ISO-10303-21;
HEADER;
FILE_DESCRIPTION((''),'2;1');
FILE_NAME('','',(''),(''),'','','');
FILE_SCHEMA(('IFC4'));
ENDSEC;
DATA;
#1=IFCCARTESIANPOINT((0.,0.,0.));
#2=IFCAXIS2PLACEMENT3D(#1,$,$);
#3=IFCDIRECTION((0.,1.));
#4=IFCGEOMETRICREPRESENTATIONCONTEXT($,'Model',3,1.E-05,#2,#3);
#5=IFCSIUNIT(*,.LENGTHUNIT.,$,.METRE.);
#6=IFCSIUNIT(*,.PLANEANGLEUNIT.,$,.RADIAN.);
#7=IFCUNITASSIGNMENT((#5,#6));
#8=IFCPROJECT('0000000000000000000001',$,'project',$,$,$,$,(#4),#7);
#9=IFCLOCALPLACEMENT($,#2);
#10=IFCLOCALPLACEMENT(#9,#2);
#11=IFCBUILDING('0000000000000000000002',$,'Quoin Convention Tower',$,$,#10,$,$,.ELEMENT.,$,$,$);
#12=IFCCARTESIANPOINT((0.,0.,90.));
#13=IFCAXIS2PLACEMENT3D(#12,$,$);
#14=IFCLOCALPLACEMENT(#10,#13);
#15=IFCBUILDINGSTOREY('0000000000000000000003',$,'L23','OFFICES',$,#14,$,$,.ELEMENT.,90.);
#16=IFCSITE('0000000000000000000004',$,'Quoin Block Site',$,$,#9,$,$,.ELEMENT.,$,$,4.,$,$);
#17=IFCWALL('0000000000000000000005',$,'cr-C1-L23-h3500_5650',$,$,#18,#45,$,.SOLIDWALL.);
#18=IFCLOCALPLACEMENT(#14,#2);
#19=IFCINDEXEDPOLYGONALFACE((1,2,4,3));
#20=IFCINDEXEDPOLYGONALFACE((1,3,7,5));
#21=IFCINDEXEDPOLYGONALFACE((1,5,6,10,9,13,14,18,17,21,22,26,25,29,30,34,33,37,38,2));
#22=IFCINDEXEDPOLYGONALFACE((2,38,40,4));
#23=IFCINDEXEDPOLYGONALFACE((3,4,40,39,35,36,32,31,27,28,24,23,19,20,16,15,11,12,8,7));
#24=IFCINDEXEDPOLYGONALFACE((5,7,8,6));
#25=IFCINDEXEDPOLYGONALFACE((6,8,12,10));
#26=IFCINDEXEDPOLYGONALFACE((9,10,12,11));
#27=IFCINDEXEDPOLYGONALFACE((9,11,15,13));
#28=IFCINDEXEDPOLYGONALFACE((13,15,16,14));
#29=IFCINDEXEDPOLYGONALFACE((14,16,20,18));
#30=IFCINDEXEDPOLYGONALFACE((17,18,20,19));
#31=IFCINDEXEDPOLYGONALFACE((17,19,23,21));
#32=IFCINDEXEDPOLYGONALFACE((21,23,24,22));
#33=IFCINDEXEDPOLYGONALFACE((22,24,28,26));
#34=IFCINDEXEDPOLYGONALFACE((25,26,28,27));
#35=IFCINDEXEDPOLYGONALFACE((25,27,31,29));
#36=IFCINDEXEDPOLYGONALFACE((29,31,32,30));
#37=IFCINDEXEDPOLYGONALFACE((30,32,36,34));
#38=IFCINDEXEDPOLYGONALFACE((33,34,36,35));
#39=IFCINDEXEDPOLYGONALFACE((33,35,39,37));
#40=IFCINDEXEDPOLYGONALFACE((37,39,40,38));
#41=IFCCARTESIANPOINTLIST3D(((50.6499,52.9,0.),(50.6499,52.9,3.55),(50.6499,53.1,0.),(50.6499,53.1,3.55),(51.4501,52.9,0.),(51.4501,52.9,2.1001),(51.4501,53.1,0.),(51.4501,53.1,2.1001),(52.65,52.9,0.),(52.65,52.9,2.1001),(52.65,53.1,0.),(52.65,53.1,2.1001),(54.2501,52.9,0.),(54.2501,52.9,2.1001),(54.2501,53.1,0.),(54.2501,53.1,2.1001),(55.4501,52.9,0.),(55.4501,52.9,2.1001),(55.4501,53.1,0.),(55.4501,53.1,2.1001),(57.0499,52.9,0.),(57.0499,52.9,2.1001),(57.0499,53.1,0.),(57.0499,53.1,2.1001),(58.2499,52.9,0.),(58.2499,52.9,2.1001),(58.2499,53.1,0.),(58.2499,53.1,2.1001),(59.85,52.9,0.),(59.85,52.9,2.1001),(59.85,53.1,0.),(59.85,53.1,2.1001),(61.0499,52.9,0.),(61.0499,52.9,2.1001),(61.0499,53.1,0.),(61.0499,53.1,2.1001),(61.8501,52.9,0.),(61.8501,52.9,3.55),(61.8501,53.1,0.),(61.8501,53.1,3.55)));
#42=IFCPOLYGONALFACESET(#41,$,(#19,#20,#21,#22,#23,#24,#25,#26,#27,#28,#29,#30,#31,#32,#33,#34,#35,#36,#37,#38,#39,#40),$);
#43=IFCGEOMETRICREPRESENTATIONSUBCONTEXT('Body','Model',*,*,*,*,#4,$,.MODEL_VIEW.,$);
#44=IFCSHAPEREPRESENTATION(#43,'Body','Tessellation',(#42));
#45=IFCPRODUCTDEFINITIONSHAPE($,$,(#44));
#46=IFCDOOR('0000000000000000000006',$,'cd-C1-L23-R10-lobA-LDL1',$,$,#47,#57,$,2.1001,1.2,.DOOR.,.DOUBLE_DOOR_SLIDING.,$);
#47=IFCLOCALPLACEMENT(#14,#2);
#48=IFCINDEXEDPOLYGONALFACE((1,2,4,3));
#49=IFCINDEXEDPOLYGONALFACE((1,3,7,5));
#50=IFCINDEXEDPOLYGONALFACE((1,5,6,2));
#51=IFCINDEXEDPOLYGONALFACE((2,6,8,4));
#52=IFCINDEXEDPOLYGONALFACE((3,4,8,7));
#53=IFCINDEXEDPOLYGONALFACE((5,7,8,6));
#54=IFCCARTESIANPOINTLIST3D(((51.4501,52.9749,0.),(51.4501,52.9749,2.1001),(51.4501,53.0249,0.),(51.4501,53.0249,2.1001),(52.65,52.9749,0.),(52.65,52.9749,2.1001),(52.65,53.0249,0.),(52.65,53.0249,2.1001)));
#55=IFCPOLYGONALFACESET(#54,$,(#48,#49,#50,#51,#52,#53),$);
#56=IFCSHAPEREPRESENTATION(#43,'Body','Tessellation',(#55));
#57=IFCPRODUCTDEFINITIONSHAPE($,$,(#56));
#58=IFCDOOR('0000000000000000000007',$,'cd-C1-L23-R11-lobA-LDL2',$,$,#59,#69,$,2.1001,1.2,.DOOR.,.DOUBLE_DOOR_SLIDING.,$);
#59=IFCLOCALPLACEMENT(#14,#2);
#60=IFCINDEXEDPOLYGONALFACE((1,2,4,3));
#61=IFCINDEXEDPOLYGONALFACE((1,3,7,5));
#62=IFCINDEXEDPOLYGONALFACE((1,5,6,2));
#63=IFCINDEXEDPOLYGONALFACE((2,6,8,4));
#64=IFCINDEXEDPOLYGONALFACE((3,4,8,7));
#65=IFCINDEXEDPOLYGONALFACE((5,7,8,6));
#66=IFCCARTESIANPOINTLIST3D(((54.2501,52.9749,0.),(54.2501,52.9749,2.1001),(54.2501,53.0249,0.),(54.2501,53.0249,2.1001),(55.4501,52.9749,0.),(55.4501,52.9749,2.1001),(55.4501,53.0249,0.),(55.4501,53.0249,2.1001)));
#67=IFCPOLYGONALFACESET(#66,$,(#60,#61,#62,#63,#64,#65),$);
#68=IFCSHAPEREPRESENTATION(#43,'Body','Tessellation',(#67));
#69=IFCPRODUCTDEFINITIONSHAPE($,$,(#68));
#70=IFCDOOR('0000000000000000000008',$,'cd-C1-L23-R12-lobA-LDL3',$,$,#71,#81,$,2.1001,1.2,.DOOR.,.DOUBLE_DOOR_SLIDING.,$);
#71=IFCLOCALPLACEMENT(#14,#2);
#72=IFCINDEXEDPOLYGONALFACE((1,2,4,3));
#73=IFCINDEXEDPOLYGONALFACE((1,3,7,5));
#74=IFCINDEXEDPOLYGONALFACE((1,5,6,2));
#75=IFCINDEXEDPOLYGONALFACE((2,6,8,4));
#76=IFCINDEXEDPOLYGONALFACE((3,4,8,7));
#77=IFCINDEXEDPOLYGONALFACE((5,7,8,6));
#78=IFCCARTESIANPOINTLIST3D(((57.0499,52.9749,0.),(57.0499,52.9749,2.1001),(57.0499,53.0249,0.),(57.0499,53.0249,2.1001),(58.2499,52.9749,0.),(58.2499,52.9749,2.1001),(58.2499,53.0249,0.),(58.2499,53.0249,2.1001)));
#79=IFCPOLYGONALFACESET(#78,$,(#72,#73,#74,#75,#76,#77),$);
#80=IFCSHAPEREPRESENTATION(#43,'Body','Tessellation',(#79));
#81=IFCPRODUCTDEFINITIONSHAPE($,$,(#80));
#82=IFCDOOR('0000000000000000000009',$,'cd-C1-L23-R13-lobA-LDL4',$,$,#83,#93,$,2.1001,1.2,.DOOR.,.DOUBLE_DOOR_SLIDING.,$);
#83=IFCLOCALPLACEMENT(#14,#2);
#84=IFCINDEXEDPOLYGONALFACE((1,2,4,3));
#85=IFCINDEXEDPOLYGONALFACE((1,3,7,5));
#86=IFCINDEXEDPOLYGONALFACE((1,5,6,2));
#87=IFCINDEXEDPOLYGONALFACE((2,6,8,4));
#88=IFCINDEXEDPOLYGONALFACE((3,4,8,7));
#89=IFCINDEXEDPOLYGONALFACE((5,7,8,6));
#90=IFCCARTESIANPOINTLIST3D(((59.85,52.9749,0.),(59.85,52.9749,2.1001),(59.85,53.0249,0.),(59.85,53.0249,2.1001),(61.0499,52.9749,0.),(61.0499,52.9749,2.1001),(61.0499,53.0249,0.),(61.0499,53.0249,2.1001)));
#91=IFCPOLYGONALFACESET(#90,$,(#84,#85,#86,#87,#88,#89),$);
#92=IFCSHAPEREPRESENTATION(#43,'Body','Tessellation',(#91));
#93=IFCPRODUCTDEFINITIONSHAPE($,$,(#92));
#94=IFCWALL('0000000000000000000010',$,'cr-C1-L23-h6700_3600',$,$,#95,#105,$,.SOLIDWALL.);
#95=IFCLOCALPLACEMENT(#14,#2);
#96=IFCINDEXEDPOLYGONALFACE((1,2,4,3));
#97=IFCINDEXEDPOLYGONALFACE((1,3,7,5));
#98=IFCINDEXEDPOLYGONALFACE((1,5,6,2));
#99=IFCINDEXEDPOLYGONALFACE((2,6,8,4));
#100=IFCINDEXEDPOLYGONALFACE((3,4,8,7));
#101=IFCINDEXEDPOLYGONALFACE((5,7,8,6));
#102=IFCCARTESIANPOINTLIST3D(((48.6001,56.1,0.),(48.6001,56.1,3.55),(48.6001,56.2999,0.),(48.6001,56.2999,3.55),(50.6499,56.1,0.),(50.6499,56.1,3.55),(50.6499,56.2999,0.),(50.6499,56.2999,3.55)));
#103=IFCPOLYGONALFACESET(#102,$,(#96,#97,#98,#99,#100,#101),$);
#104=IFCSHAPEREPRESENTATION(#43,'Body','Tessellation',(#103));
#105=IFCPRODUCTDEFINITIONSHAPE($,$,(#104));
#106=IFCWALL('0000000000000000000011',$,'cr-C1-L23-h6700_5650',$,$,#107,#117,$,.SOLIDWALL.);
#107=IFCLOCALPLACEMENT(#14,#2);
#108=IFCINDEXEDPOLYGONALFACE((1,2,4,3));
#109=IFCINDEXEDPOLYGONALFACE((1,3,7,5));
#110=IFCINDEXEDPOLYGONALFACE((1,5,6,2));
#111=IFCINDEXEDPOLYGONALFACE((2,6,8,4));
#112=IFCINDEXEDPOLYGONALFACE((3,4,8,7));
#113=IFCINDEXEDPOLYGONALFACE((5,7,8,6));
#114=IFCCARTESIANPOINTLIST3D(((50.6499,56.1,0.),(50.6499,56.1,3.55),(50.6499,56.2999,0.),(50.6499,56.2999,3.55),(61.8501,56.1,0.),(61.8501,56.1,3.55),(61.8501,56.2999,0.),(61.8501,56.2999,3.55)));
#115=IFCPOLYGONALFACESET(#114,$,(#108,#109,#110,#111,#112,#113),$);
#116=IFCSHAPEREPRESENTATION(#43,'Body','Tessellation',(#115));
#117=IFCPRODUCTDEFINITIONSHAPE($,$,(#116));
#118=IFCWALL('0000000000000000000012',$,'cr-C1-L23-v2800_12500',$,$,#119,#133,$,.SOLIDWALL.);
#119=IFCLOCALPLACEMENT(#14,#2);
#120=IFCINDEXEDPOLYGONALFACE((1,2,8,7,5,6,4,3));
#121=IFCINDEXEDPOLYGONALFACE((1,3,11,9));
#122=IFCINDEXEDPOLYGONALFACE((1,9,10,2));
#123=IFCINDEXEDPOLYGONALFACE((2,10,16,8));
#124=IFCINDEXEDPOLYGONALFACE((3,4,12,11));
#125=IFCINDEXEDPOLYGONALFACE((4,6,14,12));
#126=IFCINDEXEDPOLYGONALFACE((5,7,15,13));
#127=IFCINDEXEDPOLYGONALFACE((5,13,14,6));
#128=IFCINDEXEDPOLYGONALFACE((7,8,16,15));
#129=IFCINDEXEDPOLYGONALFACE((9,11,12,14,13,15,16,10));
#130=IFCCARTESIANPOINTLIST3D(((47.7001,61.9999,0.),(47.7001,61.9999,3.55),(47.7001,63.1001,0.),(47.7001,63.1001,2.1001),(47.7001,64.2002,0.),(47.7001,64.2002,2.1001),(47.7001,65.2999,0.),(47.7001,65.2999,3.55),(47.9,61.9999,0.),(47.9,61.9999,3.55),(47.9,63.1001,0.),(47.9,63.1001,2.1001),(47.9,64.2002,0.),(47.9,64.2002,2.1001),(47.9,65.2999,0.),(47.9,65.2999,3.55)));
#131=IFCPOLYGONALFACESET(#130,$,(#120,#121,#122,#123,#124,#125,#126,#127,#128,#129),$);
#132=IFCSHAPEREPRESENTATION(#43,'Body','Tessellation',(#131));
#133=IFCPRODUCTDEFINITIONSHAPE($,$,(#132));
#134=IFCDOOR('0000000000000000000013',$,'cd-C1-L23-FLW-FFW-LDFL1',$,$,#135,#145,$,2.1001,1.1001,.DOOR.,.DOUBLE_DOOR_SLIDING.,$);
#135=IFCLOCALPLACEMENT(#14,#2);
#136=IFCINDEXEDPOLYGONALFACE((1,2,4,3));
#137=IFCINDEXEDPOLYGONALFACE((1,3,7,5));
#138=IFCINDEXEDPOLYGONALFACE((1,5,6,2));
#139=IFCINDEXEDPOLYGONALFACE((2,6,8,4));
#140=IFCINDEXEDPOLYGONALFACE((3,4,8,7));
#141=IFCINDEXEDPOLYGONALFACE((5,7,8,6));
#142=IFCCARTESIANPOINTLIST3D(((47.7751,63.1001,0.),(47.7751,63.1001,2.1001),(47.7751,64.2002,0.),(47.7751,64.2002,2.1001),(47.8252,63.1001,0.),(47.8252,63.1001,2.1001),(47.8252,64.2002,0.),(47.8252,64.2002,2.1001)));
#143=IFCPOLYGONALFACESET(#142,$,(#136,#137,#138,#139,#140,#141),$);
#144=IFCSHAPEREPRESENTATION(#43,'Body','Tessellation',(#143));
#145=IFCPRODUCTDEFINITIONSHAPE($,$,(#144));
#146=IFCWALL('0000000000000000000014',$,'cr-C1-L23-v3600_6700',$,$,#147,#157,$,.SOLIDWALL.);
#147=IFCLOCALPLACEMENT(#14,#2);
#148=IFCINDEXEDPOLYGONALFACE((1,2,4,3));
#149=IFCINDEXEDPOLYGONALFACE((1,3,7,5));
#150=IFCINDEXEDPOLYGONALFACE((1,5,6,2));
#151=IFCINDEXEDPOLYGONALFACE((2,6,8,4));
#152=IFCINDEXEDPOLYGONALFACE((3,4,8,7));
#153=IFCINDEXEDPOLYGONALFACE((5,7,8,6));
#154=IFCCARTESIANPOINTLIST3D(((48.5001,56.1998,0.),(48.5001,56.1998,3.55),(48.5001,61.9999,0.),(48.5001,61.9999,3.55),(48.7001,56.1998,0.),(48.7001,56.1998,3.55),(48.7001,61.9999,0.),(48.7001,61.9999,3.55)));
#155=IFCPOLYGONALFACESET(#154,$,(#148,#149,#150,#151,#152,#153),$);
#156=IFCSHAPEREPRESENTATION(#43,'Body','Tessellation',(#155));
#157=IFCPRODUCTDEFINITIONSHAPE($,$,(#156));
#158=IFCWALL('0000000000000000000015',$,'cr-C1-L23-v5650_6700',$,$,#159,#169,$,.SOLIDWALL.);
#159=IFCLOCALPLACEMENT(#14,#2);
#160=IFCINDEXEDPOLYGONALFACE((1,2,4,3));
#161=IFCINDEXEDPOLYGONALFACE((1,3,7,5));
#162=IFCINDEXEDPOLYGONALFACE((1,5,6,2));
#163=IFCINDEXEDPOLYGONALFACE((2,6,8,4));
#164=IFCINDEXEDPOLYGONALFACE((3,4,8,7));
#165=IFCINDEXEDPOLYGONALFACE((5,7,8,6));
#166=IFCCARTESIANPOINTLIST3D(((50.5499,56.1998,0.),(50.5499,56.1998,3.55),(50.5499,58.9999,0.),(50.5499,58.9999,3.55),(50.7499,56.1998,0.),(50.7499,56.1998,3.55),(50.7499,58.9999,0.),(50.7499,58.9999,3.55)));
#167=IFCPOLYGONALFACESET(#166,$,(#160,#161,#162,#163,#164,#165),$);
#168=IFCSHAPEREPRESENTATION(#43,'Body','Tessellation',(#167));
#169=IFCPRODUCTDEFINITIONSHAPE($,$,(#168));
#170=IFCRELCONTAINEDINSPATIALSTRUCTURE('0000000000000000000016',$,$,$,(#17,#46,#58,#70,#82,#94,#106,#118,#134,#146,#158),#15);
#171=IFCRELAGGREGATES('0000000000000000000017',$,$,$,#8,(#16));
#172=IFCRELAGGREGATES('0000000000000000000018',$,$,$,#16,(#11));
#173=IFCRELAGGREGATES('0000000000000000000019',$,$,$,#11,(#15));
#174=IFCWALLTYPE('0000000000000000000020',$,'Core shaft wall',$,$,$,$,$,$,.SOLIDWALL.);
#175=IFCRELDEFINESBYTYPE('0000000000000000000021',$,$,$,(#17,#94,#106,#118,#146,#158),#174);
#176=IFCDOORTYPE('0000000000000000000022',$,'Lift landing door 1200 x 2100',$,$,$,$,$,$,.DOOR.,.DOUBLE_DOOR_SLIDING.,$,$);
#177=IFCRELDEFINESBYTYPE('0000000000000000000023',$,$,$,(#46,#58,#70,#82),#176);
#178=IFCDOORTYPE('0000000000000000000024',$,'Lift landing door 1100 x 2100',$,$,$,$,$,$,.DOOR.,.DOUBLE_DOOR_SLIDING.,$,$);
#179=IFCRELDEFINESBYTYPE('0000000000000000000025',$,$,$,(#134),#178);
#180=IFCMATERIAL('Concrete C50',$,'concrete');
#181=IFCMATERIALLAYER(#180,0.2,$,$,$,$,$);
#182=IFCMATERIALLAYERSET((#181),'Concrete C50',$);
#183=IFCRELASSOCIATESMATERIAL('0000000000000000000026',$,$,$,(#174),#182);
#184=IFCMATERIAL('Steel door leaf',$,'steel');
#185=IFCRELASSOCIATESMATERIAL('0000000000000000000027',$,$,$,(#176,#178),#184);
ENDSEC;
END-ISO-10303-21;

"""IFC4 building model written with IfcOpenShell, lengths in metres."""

from ifc_helpers import new_model, si_unit, direction, frame, frame_2d, origin, place, context, subcontext, project, spatial, rectangle, extrude, material, layer, layer_set, type_object, element, fill, save


model = new_model("IFC4")

# Units and contexts
model_context = context("Model", 3, precision=1e-05, world=origin(), true_north=direction((0.0, 1.0)))
body_context = subcontext(model_context, "Body", "Model", "MODEL_VIEW")
ifc_project = project(units=[si_unit("LENGTHUNIT", "METRE"), si_unit("PLANEANGLEUNIT", "RADIAN")], contexts=[model_context])

# Site, building, storey
site_placement = place(None, origin())
site = spatial("IfcSite", under=ifc_project, at=site_placement, Name="Quoin Block Site", CompositionType="ELEMENT", RefElevation=4.0)
building_placement = place(site_placement, origin())
building = spatial("IfcBuilding", under=site, at=building_placement, Name="Quoin Convention Tower", CompositionType="ELEMENT")
storey_placement = place(building_placement, frame((0.0, 0.0, 90.0)))
storey = spatial("IfcBuildingStorey", under=building, at=storey_placement, Name="L23", Description="OFFICES", CompositionType="ELEMENT", Elevation=90.0)

# Wall, openings, doors
ifc_material_1 = material(Name="Concrete C50", Category="concrete")
ifc_layer_1 = layer(ifc_material_1, 0.2)
ifc_layer_set_1 = layer_set([ifc_layer_1], Name="Concrete C50")
wall_type_1 = type_object("IfcWallType", Name="Core shaft wall", PredefinedType="SOLIDWALL", material=ifc_layer_set_1)
wall_1_placement = place(storey_placement, frame((50.6499, 53.0, 0.0), z_axis=(0.0, 0.0, 1.0), x_axis=(1.0, 0.0, 0.0)))
wall_1 = element("IfcWall", 1, at=wall_1_placement, inside=storey, type_object=wall_type_1, Name="cr-C1-L23-h3500_5650", PredefinedType="SOLIDWALL", context=body_context, shape_type="SweptSolid", body=[
    extrude(rectangle(XDim=11.2002, YDim=0.2, at=frame_2d((5.6001, 0.0))), origin(), (0.0, 0.0, 1.0), 3.55),
])
opening_1_placement = place(wall_1_placement, frame((0.8, 0.0, 0.0)))
opening_1 = element("IfcOpeningElement", 2, at=opening_1_placement, cuts=wall_1, PredefinedType="OPENING", context=body_context, shape_type="SweptSolid", body=[
    extrude(rectangle(XDim=1.2, YDim=2.1001, at=frame_2d((0.6001, 1.05))), frame((0.0, 0.1099, 0.0), z_axis=(0.0, -1.0, 0.0), x_axis=(1.0, 0.0, 0.0)), (0.0, 0.0, 1.0), 0.22),
])
opening_2_placement = place(wall_1_placement, frame((3.6001, 0.0, 0.0)))
opening_2 = element("IfcOpeningElement", 3, at=opening_2_placement, cuts=wall_1, PredefinedType="OPENING", context=body_context, shape_type="SweptSolid", body=[
    extrude(rectangle(XDim=1.2, YDim=2.1001, at=frame_2d((0.6001, 1.05))), frame((0.0, 0.1099, 0.0), z_axis=(0.0, -1.0, 0.0), x_axis=(1.0, 0.0, 0.0)), (0.0, 0.0, 1.0), 0.22),
])
opening_3_placement = place(wall_1_placement, frame((6.3999, 0.0, 0.0)))
opening_3 = element("IfcOpeningElement", 4, at=opening_3_placement, cuts=wall_1, PredefinedType="OPENING", context=body_context, shape_type="SweptSolid", body=[
    extrude(rectangle(XDim=1.2, YDim=2.1001, at=frame_2d((0.6001, 1.05))), frame((0.0, 0.1099, 0.0), z_axis=(0.0, -1.0, 0.0), x_axis=(1.0, 0.0, 0.0)), (0.0, 0.0, 1.0), 0.22),
])
opening_4_placement = place(wall_1_placement, frame((9.2, 0.0, 0.0)))
opening_4 = element("IfcOpeningElement", 5, at=opening_4_placement, cuts=wall_1, PredefinedType="OPENING", context=body_context, shape_type="SweptSolid", body=[
    extrude(rectangle(XDim=1.2, YDim=2.1001, at=frame_2d((0.6001, 1.05))), frame((0.0, 0.1099, 0.0), z_axis=(0.0, -1.0, 0.0), x_axis=(1.0, 0.0, 0.0)), (0.0, 0.0, 1.0), 0.22),
])
ifc_material_2 = material(Name="Steel door leaf", Category="steel")
door_type_1 = type_object("IfcDoorType", Name="Lift landing door 1200 x 2100", OperationType="DOUBLE_DOOR_SLIDING", PredefinedType="DOOR", material=ifc_material_2)
door_1_placement = place(opening_1_placement, origin())
door_1 = element("IfcDoor", 6, at=door_1_placement, inside=storey, type_object=door_type_1, Name="cd-C1-L23-R10-lobA-LDL1", OperationType="DOUBLE_DOOR_SLIDING", OverallHeight=2.1001, OverallWidth=1.2, PredefinedType="DOOR", context=body_context, shape_type="SweptSolid", body=[
    extrude(rectangle(XDim=1.2, YDim=2.1001, at=frame_2d((0.6001, 1.05))), frame((0.0, 0.0249, 0.0), z_axis=(0.0, -1.0, 0.0), x_axis=(1.0, 0.0, 0.0)), (0.0, 0.0, 1.0), 0.05),
])
fill(opening_1, door_1)
door_2_placement = place(opening_2_placement, origin())
door_2 = element("IfcDoor", 7, at=door_2_placement, inside=storey, type_object=door_type_1, Name="cd-C1-L23-R11-lobA-LDL2", OperationType="DOUBLE_DOOR_SLIDING", OverallHeight=2.1001, OverallWidth=1.2, PredefinedType="DOOR", context=body_context, shape_type="SweptSolid", body=[
    extrude(rectangle(XDim=1.2, YDim=2.1001, at=frame_2d((0.6001, 1.05))), frame((0.0, 0.0249, 0.0), z_axis=(0.0, -1.0, 0.0), x_axis=(1.0, 0.0, 0.0)), (0.0, 0.0, 1.0), 0.05),
])
fill(opening_2, door_2)
door_3_placement = place(opening_3_placement, origin())
door_3 = element("IfcDoor", 8, at=door_3_placement, inside=storey, type_object=door_type_1, Name="cd-C1-L23-R12-lobA-LDL3", OperationType="DOUBLE_DOOR_SLIDING", OverallHeight=2.1001, OverallWidth=1.2, PredefinedType="DOOR", context=body_context, shape_type="SweptSolid", body=[
    extrude(rectangle(XDim=1.2, YDim=2.1001, at=frame_2d((0.6001, 1.05))), frame((0.0, 0.0249, 0.0), z_axis=(0.0, -1.0, 0.0), x_axis=(1.0, 0.0, 0.0)), (0.0, 0.0, 1.0), 0.05),
])
fill(opening_3, door_3)
door_4_placement = place(opening_4_placement, origin())
door_4 = element("IfcDoor", 9, at=door_4_placement, inside=storey, type_object=door_type_1, Name="cd-C1-L23-R13-lobA-LDL4", OperationType="DOUBLE_DOOR_SLIDING", OverallHeight=2.1001, OverallWidth=1.2, PredefinedType="DOOR", context=body_context, shape_type="SweptSolid", body=[
    extrude(rectangle(XDim=1.2, YDim=2.1001, at=frame_2d((0.6001, 1.05))), frame((0.0, 0.0249, 0.0), z_axis=(0.0, -1.0, 0.0), x_axis=(1.0, 0.0, 0.0)), (0.0, 0.0, 1.0), 0.05),
])
fill(opening_4, door_4)

# Walls
wall_2_placement = place(storey_placement, frame((48.6001, 56.2, 0.0), z_axis=(0.0, 0.0, 1.0), x_axis=(1.0, 0.0, 0.0)))
element("IfcWall", 10, at=wall_2_placement, inside=storey, type_object=wall_type_1, Name="cr-C1-L23-h6700_3600", PredefinedType="SOLIDWALL", context=body_context, shape_type="SweptSolid", body=[
    extrude(rectangle(XDim=2.0498, YDim=0.2, at=frame_2d((1.0249, 0.0))), origin(), (0.0, 0.0, 1.0), 3.55),
])
wall_3_placement = place(storey_placement, frame((50.6499, 56.2, 0.0), z_axis=(0.0, 0.0, 1.0), x_axis=(1.0, 0.0, 0.0)))
element("IfcWall", 11, at=wall_3_placement, inside=storey, type_object=wall_type_1, Name="cr-C1-L23-h6700_5650", PredefinedType="SOLIDWALL", context=body_context, shape_type="SweptSolid", body=[
    extrude(rectangle(XDim=11.2002, YDim=0.2, at=frame_2d((5.6001, 0.0))), origin(), (0.0, 0.0, 1.0), 3.55),
])

# Wall, opening, door
wall_4_placement = place(storey_placement, frame((47.8, 62.0, 0.0), z_axis=(0.0, 0.0, 1.0), x_axis=(0.0, 1.0, 0.0)))
wall_4 = element("IfcWall", 12, at=wall_4_placement, inside=storey, type_object=wall_type_1, Name="cr-C1-L23-v2800_12500", PredefinedType="SOLIDWALL", context=body_context, shape_type="SweptSolid", body=[
    extrude(rectangle(XDim=3.3, YDim=0.2, at=frame_2d((1.6499, 0.0))), origin(), (0.0, 0.0, 1.0), 3.55),
])
opening_5_placement = place(wall_4_placement, frame((1.1001, 0.0, 0.0)))
opening_5 = element("IfcOpeningElement", 13, at=opening_5_placement, cuts=wall_4, PredefinedType="OPENING", context=body_context, shape_type="SweptSolid", body=[
    extrude(rectangle(XDim=1.1001, YDim=2.1001, at=frame_2d((0.55, 1.05))), frame((0.0, 0.1099, 0.0), z_axis=(0.0, -1.0, 0.0), x_axis=(1.0, 0.0, 0.0)), (0.0, 0.0, 1.0), 0.22),
])
door_type_2 = type_object("IfcDoorType", Name="Lift landing door 1100 x 2100", OperationType="DOUBLE_DOOR_SLIDING", PredefinedType="DOOR", material=ifc_material_2)
door_5_placement = place(opening_5_placement, origin())
door_5 = element("IfcDoor", 14, at=door_5_placement, inside=storey, type_object=door_type_2, Name="cd-C1-L23-FLW-FFW-LDFL1", OperationType="DOUBLE_DOOR_SLIDING", OverallHeight=2.1001, OverallWidth=1.1001, PredefinedType="DOOR", context=body_context, shape_type="SweptSolid", body=[
    extrude(rectangle(XDim=1.1001, YDim=2.1001, at=frame_2d((0.55, 1.05))), frame((0.0, 0.0249, 0.0), z_axis=(0.0, -1.0, 0.0), x_axis=(1.0, 0.0, 0.0)), (0.0, 0.0, 1.0), 0.05),
])
fill(opening_5, door_5)

# Walls
wall_5_placement = place(storey_placement, frame((48.6001, 56.2, 0.0), z_axis=(0.0, 0.0, 1.0), x_axis=(0.0, 1.0, 0.0)))
element("IfcWall", 15, at=wall_5_placement, inside=storey, type_object=wall_type_1, Name="cr-C1-L23-v3600_6700", PredefinedType="SOLIDWALL", context=body_context, shape_type="SweptSolid", body=[
    extrude(rectangle(XDim=5.8, YDim=0.2, at=frame_2d((2.8999, 0.0))), origin(), (0.0, 0.0, 1.0), 3.55),
])
wall_6_placement = place(storey_placement, frame((50.6499, 56.2, 0.0), z_axis=(0.0, 0.0, 1.0), x_axis=(0.0, 1.0, 0.0)))
element("IfcWall", 16, at=wall_6_placement, inside=storey, type_object=wall_type_1, Name="cr-C1-L23-v5650_6700", PredefinedType="SOLIDWALL", context=body_context, shape_type="SweptSolid", body=[
    extrude(rectangle(XDim=2.8, YDim=0.2, at=frame_2d((1.3999, 0.0))), origin(), (0.0, 0.0, 1.0), 3.55),
])

save(model, "model.ifc")
